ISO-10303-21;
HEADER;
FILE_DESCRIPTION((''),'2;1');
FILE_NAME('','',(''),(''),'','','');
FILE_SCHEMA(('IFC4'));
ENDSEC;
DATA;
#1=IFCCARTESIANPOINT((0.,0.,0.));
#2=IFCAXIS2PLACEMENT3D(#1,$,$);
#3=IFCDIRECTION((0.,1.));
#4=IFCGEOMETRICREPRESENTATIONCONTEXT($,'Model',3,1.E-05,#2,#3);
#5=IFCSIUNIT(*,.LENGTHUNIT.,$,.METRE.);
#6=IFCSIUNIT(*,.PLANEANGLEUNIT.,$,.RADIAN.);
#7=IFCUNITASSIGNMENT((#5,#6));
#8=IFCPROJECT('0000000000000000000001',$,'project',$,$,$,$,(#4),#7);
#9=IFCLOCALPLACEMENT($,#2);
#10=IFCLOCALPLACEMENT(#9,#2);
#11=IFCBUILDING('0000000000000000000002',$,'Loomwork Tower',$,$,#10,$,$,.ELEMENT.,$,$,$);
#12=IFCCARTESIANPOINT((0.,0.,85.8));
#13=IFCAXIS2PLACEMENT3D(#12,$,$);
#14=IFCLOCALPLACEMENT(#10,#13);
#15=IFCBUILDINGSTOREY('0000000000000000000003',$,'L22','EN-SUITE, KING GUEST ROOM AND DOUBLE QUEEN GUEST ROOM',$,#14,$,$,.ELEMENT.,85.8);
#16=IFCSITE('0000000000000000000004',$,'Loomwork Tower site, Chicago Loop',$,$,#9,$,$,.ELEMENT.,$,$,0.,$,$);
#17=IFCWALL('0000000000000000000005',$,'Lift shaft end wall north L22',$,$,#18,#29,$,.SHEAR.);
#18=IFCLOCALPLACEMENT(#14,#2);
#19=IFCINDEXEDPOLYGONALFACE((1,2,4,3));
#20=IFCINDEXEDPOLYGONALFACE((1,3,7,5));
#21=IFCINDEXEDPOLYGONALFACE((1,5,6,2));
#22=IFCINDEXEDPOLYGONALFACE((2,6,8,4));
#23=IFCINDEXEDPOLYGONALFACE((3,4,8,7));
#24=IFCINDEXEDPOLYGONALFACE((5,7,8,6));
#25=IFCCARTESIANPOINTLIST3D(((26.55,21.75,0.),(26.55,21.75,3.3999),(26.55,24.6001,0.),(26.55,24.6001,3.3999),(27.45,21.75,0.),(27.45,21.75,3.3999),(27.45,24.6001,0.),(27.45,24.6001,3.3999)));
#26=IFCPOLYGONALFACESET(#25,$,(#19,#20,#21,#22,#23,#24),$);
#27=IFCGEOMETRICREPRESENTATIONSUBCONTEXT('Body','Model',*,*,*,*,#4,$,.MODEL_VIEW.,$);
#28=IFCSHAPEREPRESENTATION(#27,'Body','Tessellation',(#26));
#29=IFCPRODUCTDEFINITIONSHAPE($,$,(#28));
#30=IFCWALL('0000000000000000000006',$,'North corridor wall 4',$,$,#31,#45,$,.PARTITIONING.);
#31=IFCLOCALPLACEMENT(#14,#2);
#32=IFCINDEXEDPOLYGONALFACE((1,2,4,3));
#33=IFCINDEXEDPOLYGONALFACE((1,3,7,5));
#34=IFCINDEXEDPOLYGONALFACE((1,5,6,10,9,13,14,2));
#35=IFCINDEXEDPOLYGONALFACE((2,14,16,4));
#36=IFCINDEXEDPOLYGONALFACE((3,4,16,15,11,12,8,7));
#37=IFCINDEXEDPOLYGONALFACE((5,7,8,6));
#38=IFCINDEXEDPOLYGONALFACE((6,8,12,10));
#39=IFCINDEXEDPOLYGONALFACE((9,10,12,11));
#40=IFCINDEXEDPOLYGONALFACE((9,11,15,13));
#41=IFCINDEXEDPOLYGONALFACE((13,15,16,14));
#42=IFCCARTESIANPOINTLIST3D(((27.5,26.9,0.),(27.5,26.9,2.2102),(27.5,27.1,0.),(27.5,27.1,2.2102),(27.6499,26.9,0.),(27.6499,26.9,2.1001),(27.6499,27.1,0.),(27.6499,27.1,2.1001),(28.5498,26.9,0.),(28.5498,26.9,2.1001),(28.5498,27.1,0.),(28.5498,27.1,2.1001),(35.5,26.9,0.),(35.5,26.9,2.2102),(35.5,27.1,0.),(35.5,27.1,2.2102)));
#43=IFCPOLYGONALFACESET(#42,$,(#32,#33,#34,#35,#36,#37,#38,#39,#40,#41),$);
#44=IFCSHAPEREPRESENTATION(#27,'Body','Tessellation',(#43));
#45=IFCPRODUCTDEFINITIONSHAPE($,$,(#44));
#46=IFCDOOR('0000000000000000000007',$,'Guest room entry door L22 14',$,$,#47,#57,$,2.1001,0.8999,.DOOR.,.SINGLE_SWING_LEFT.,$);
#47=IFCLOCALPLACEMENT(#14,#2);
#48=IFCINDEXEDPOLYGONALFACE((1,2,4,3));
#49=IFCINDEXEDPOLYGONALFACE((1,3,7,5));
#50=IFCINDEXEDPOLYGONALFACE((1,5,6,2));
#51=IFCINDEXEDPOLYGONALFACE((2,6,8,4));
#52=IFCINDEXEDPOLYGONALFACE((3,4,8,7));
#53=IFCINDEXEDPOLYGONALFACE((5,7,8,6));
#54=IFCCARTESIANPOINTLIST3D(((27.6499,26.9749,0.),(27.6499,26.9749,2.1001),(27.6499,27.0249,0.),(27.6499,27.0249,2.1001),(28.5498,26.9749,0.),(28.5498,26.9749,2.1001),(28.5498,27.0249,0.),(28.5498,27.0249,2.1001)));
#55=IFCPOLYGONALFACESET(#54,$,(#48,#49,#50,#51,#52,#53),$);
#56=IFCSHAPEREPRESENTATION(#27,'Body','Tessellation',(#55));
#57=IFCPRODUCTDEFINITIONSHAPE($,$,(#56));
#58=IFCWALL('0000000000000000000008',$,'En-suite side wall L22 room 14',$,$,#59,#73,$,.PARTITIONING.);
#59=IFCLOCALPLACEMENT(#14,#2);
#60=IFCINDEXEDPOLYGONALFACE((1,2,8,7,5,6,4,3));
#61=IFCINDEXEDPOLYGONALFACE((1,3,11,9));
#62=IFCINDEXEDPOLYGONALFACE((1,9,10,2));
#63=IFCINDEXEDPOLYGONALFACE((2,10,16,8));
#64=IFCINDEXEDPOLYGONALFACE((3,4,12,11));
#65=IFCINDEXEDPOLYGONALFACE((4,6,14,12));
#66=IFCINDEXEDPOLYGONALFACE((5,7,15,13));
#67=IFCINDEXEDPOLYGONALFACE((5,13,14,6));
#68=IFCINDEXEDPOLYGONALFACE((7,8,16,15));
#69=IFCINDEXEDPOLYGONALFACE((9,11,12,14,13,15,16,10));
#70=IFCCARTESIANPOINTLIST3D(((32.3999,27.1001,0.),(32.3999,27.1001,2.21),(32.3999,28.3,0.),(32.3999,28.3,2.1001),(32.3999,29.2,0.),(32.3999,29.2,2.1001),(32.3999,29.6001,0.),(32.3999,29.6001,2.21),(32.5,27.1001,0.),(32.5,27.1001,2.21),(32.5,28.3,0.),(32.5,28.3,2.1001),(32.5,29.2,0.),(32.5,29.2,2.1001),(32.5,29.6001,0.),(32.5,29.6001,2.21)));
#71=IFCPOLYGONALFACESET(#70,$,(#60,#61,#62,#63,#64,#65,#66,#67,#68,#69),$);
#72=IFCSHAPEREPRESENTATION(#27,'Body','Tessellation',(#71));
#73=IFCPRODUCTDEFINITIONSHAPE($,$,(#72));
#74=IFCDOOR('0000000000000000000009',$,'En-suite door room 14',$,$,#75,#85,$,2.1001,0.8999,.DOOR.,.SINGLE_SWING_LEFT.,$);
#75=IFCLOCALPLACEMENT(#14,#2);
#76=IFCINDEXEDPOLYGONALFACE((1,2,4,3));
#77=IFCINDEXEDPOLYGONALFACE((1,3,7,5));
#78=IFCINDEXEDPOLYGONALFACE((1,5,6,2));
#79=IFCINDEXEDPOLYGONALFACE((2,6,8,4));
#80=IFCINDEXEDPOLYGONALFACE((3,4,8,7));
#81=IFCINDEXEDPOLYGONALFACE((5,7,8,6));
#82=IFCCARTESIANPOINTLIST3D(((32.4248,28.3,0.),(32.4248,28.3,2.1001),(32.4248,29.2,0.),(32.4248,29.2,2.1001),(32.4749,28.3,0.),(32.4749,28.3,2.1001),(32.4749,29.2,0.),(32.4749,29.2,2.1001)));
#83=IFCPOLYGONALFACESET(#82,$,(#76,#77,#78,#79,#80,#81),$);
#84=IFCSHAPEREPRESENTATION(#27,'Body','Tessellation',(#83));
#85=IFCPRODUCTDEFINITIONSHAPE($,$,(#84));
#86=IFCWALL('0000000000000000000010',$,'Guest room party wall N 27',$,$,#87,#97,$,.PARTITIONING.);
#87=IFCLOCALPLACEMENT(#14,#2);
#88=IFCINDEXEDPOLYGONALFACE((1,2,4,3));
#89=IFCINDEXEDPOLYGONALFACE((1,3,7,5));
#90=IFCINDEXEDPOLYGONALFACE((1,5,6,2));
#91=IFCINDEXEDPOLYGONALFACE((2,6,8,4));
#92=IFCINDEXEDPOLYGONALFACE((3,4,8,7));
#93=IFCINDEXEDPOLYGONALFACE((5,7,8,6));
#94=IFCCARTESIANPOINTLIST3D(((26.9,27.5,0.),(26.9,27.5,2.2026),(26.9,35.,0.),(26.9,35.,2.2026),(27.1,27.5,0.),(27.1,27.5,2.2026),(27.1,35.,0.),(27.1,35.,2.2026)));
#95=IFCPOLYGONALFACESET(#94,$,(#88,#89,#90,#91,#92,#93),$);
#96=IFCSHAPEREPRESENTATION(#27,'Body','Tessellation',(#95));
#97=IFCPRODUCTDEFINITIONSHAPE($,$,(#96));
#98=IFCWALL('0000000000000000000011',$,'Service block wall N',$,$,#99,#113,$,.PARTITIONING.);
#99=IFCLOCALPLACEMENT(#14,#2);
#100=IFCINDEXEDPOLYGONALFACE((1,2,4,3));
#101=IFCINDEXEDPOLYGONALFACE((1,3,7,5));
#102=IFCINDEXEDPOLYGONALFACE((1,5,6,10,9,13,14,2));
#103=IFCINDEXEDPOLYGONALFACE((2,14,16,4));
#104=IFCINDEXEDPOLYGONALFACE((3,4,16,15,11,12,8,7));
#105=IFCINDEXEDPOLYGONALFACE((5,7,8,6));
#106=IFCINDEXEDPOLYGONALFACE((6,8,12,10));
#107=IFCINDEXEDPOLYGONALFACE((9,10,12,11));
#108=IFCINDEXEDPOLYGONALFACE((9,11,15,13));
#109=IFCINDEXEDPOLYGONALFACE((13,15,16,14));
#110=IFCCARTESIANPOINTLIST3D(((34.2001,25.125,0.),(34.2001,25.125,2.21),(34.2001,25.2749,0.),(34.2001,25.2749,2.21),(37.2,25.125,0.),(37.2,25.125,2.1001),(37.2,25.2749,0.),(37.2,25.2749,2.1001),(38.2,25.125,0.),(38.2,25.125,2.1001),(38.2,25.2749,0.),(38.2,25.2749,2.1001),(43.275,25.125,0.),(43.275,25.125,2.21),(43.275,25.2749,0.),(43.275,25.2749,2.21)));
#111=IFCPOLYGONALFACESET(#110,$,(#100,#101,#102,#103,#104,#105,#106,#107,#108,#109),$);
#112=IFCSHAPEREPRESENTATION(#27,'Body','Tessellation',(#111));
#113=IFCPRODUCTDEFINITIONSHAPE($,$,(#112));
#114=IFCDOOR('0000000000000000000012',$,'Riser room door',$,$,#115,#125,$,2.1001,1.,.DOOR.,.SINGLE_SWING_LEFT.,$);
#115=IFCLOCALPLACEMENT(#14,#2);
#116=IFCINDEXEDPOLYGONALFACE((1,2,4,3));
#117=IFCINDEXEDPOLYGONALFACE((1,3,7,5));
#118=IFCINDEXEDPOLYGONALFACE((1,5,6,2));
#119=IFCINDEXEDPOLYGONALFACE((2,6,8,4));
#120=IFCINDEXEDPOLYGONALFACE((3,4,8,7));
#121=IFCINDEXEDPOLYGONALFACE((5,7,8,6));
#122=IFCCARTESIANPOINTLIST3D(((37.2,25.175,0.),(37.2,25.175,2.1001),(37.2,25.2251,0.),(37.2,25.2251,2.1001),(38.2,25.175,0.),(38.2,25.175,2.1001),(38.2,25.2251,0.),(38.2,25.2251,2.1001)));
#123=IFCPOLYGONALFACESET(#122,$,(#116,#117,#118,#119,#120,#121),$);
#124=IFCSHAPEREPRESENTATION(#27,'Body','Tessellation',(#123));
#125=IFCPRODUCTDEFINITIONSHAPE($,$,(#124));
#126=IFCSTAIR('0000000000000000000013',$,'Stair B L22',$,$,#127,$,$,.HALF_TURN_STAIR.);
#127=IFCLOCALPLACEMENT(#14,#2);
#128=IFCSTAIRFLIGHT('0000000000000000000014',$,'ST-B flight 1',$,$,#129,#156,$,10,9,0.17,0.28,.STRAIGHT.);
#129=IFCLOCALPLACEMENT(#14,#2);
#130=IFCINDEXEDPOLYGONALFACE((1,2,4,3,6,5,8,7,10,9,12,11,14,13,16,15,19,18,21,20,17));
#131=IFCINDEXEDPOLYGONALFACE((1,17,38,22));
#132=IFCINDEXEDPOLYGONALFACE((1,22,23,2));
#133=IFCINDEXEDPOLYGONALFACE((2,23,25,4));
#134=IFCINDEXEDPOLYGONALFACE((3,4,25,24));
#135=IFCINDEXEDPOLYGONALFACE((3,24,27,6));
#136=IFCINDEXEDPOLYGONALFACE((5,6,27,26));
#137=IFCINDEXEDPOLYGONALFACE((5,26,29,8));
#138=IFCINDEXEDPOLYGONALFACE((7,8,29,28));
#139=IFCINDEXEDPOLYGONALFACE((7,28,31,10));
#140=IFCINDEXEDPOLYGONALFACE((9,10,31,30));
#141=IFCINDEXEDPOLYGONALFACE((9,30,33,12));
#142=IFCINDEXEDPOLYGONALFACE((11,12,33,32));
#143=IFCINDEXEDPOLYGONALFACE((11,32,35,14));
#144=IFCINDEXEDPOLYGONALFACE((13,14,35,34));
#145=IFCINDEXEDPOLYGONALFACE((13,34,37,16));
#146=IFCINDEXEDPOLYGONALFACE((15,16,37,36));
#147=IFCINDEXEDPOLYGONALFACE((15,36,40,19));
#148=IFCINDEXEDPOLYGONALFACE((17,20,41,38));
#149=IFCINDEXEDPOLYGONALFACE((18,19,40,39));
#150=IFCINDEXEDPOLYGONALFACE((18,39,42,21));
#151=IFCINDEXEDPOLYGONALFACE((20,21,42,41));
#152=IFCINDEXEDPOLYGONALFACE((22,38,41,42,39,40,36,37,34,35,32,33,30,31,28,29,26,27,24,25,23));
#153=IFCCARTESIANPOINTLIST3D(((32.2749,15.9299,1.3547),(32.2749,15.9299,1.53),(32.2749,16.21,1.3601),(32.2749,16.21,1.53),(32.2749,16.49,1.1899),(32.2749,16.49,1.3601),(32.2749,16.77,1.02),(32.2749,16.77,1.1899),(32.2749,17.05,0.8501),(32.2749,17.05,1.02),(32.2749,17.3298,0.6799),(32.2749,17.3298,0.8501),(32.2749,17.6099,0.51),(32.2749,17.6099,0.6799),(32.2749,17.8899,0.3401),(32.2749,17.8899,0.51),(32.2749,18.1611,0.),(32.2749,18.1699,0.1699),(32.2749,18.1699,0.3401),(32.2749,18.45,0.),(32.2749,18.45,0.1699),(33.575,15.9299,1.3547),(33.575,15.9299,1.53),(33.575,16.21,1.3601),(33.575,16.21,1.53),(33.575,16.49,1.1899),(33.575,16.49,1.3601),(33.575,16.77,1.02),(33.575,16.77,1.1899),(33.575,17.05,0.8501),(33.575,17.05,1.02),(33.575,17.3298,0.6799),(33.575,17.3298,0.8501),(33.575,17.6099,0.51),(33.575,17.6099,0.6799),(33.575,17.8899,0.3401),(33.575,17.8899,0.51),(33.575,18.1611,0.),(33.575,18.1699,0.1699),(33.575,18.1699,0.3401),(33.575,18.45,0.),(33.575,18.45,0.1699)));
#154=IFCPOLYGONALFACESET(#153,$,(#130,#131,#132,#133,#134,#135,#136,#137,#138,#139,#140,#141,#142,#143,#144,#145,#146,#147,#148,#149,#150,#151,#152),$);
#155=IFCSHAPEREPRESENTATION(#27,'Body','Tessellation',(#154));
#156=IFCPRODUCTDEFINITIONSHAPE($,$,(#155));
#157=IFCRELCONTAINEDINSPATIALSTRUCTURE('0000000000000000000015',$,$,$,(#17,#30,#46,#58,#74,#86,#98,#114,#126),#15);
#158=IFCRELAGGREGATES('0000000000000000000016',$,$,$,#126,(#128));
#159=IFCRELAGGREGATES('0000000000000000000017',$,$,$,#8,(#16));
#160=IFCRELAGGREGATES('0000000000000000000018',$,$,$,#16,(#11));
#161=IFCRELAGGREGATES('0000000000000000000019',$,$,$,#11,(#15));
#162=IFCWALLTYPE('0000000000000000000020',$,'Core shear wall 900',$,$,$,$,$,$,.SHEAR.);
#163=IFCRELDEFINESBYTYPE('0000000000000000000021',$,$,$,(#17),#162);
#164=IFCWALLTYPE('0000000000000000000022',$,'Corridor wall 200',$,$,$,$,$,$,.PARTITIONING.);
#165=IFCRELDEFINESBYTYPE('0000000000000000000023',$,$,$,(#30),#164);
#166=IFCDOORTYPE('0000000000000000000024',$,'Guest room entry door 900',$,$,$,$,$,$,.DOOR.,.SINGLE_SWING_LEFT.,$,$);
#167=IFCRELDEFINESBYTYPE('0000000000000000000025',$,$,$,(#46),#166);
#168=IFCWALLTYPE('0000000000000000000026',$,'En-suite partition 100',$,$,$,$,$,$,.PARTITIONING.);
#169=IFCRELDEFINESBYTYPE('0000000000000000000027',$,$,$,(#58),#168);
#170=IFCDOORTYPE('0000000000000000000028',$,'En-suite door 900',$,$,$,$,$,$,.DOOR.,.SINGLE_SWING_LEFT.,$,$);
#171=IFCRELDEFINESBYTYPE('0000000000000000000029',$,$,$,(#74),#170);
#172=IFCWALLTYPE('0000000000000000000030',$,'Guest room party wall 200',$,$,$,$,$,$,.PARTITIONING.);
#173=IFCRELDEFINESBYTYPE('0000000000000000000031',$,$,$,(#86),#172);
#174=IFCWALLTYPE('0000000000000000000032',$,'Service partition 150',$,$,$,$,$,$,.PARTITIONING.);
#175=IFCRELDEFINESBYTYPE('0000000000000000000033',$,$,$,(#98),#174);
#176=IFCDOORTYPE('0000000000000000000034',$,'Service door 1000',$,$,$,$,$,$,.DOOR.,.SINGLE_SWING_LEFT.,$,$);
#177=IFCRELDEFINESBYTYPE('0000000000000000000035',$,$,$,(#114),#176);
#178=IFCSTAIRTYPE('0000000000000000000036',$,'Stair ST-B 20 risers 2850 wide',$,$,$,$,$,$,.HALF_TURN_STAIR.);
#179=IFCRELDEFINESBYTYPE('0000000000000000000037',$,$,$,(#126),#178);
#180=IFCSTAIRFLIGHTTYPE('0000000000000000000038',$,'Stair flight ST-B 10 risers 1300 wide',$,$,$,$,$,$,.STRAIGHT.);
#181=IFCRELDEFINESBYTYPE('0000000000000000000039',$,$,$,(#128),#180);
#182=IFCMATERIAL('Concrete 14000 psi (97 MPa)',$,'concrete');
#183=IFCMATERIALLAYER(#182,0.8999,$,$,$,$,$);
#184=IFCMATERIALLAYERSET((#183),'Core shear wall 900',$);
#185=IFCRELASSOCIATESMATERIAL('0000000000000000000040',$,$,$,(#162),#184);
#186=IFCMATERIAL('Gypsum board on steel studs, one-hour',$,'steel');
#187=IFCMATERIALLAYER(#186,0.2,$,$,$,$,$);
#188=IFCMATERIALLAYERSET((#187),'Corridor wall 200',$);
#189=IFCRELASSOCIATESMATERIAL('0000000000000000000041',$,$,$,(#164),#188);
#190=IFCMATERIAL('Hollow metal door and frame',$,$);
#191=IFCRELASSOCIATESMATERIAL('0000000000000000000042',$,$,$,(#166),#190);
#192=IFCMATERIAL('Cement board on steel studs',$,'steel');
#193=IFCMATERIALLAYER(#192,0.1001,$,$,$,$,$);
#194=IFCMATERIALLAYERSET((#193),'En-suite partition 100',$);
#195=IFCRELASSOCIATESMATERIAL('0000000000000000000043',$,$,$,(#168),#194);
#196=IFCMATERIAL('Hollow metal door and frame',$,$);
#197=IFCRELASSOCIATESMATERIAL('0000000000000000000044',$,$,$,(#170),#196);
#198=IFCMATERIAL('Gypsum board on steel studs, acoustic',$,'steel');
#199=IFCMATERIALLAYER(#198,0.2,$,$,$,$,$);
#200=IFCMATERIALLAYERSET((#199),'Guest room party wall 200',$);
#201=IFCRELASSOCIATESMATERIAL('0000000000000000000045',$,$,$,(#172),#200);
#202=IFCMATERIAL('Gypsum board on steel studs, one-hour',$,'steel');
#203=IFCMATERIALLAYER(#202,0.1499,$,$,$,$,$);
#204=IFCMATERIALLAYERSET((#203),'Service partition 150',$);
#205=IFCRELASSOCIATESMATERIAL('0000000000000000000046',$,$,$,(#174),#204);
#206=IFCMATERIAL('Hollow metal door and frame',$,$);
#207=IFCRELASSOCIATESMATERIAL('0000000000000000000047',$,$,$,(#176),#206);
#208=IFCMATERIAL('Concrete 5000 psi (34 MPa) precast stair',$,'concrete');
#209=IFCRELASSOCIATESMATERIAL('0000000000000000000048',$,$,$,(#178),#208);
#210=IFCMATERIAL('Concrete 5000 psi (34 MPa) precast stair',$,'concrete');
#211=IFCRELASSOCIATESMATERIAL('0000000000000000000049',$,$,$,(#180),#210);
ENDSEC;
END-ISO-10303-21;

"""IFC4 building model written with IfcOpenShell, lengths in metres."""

from ifc_helpers import new_model, si_unit, direction, frame, frame_2d, origin, place, context, subcontext, project, spatial, polyline, rectangle, outline, extrude, material, layer, layer_set, type_object, element, fill, aggregate, save


model = new_model("IFC4")

# Units and contexts
model_context = context("Model", 3, precision=1e-05, world=origin(), true_north=direction((0.0, 1.0)))
body_context = subcontext(model_context, "Body", "Model", "MODEL_VIEW")
ifc_project = project(units=[si_unit("LENGTHUNIT", "METRE"), si_unit("PLANEANGLEUNIT", "RADIAN")], contexts=[model_context])

# Site, building, storey
site_placement = place(None, origin())
site = spatial("IfcSite", under=ifc_project, at=site_placement, Name="Loomwork Tower site, Chicago Loop", CompositionType="ELEMENT", RefElevation=0.0)
building_placement = place(site_placement, origin())
building = spatial("IfcBuilding", under=site, at=building_placement, Name="Loomwork Tower", CompositionType="ELEMENT")
storey_placement = place(building_placement, frame((0.0, 0.0, 85.8)))
storey = spatial("IfcBuildingStorey", under=building, at=storey_placement, Name="L22", Description="EN-SUITE, KING GUEST ROOM AND DOUBLE QUEEN GUEST ROOM", CompositionType="ELEMENT", Elevation=85.8)

# Wall
ifc_material_1 = material(Name="Concrete 14000 psi (97 MPa)", Category="concrete")
ifc_layer_1 = layer(ifc_material_1, 0.8999)
ifc_layer_set_1 = layer_set([ifc_layer_1], Name="Core shear wall 900")
wall_type_1 = type_object("IfcWallType", Name="Core shear wall 900", PredefinedType="SHEAR", material=ifc_layer_set_1)
wall_1_placement = place(storey_placement, frame((27.0, 21.75, 0.0), z_axis=(0.0, 0.0, 1.0), x_axis=(0.0, 1.0, 0.0)))
element("IfcWall", 1, at=wall_1_placement, inside=storey, type_object=wall_type_1, Name="Lift shaft end wall north L22", PredefinedType="SHEAR", context=body_context, shape_type="SweptSolid", body=[
    extrude(rectangle(XDim=2.8501, YDim=0.8999, at=frame_2d((1.425, 0.0))), origin(), (0.0, 0.0, 1.0), 3.3999),
])

# Walls, openings, doors
ifc_material_2 = material(Name="Gypsum board on steel studs, one-hour", Category="steel")
ifc_layer_2 = layer(ifc_material_2, 0.2)
ifc_layer_set_2 = layer_set([ifc_layer_2], Name="Corridor wall 200")
wall_type_2 = type_object("IfcWallType", Name="Corridor wall 200", PredefinedType="PARTITIONING", material=ifc_layer_set_2)
wall_2_placement = place(storey_placement, frame((27.5, 27.0, 0.0), z_axis=(0.0, 0.0, 1.0), x_axis=(1.0, 0.0, 0.0)))
wall_2 = element("IfcWall", 2, at=wall_2_placement, inside=storey, type_object=wall_type_2, Name="North corridor wall 4", PredefinedType="PARTITIONING", context=body_context, shape_type="SweptSolid", body=[
    extrude(rectangle(XDim=8.0, YDim=0.2, at=frame_2d((4.0, 0.0))), origin(), (0.0, 0.0, 1.0), 2.2102),
])
opening_1_placement = place(wall_2_placement, frame((0.1499, 0.0, 0.0)))
opening_1 = element("IfcOpeningElement", 3, at=opening_1_placement, cuts=wall_2, PredefinedType="OPENING", context=body_context, shape_type="SweptSolid", body=[
    extrude(rectangle(XDim=0.8999, YDim=2.1001, at=frame_2d((0.45, 1.05))), frame((0.0, 0.1099, 0.0), z_axis=(0.0, -1.0, 0.0), x_axis=(1.0, 0.0, 0.0)), (0.0, 0.0, 1.0), 0.22),
])
ifc_material_3 = material(Name="Hollow metal door and frame")
door_type_1 = type_object("IfcDoorType", Name="Guest room entry door 900", OperationType="SINGLE_SWING_LEFT", PredefinedType="DOOR", material=ifc_material_3)
door_1_placement = place(opening_1_placement, origin())
door_1 = element("IfcDoor", 4, at=door_1_placement, inside=storey, type_object=door_type_1, Name="Guest room entry door L22 14", OperationType="SINGLE_SWING_LEFT", OverallHeight=2.1001, OverallWidth=0.8999, PredefinedType="DOOR", context=body_context, shape_type="SweptSolid", body=[
    extrude(rectangle(XDim=0.8999, YDim=2.1001, at=frame_2d((0.45, 1.05))), frame((0.0, 0.0249, 0.0), z_axis=(0.0, -1.0, 0.0), x_axis=(1.0, 0.0, 0.0)), (0.0, 0.0, 1.0), 0.05),
])
fill(opening_1, door_1)
ifc_material_4 = material(Name="Cement board on steel studs", Category="steel")
ifc_layer_3 = layer(ifc_material_4, 0.1001)
ifc_layer_set_3 = layer_set([ifc_layer_3], Name="En-suite partition 100")
wall_type_3 = type_object("IfcWallType", Name="En-suite partition 100", PredefinedType="PARTITIONING", material=ifc_layer_set_3)
wall_3_placement = place(storey_placement, frame((32.45, 27.1001, 0.0), z_axis=(0.0, 0.0, 1.0), x_axis=(0.0, 1.0, 0.0)))
wall_3 = element("IfcWall", 5, at=wall_3_placement, inside=storey, type_object=wall_type_3, Name="En-suite side wall L22 room 14", PredefinedType="PARTITIONING", context=body_context, shape_type="SweptSolid", body=[
    extrude(rectangle(XDim=2.5, YDim=0.1001, at=frame_2d((1.25, 0.0))), origin(), (0.0, 0.0, 1.0), 2.21),
])
opening_2_placement = place(wall_3_placement, frame((1.2, 0.0, 0.0)))
opening_2 = element("IfcOpeningElement", 6, at=opening_2_placement, cuts=wall_3, PredefinedType="OPENING", context=body_context, shape_type="SweptSolid", body=[
    extrude(rectangle(XDim=0.8999, YDim=2.1001, at=frame_2d((0.45, 1.05))), frame((0.0, 0.0601, 0.0), z_axis=(0.0, -1.0, 0.0), x_axis=(1.0, 0.0, 0.0)), (0.0, 0.0, 1.0), 0.1201),
])
ifc_material_5 = material(Name="Hollow metal door and frame")
door_type_2 = type_object("IfcDoorType", Name="En-suite door 900", OperationType="SINGLE_SWING_LEFT", PredefinedType="DOOR", material=ifc_material_5)
door_2_placement = place(opening_2_placement, frame((0.8999, 0.0, 0.0), z_axis=(0.0, 0.0, 1.0), x_axis=(-1.0, 0.0, 0.0)))
door_2 = element("IfcDoor", 7, at=door_2_placement, inside=storey, type_object=door_type_2, Name="En-suite door room 14", OperationType="SINGLE_SWING_LEFT", OverallHeight=2.1001, OverallWidth=0.8999, PredefinedType="DOOR", context=body_context, shape_type="SweptSolid", body=[
    extrude(rectangle(XDim=0.8999, YDim=2.1001, at=frame_2d((0.45, 1.05))), frame((0.0, 0.0249, 0.0), z_axis=(0.0, -1.0, 0.0), x_axis=(1.0, 0.0, 0.0)), (0.0, 0.0, 1.0), 0.05),
])
fill(opening_2, door_2)

# Wall
ifc_material_6 = material(Name="Gypsum board on steel studs, acoustic", Category="steel")
ifc_layer_4 = layer(ifc_material_6, 0.2)
ifc_layer_set_4 = layer_set([ifc_layer_4], Name="Guest room party wall 200")
wall_type_4 = type_object("IfcWallType", Name="Guest room party wall 200", PredefinedType="PARTITIONING", material=ifc_layer_set_4)
wall_4_placement = place(storey_placement, frame((27.0, 27.5, 0.0), z_axis=(0.0, 0.0, 1.0), x_axis=(0.0, 1.0, 0.0)))
element("IfcWall", 8, at=wall_4_placement, inside=storey, type_object=wall_type_4, Name="Guest room party wall N 27", PredefinedType="PARTITIONING", context=body_context, shape_type="SweptSolid", body=[
    extrude(rectangle(XDim=7.5, YDim=0.2, at=frame_2d((3.75, 0.0))), origin(), (0.0, 0.0, 1.0), 2.2026),
])

# Wall, opening, door
ifc_material_7 = material(Name="Gypsum board on steel studs, one-hour", Category="steel")
ifc_layer_5 = layer(ifc_material_7, 0.1499)
ifc_layer_set_5 = layer_set([ifc_layer_5], Name="Service partition 150")
wall_type_5 = type_object("IfcWallType", Name="Service partition 150", PredefinedType="PARTITIONING", material=ifc_layer_set_5)
wall_5_placement = place(storey_placement, frame((34.2, 25.2, 0.0), z_axis=(0.0, 0.0, 1.0), x_axis=(1.0, 0.0, 0.0)))
wall_5 = element("IfcWall", 9, at=wall_5_placement, inside=storey, type_object=wall_type_5, Name="Service block wall N", PredefinedType="PARTITIONING", context=body_context, shape_type="SweptSolid", body=[
    extrude(rectangle(XDim=9.075, YDim=0.1499, at=frame_2d((4.5376, 0.0))), origin(), (0.0, 0.0, 1.0), 2.21),
])
opening_3_placement = place(wall_5_placement, frame((3.0, 0.0, 0.0)))
opening_3 = element("IfcOpeningElement", 10, at=opening_3_placement, cuts=wall_5, PredefinedType="OPENING", context=body_context, shape_type="SweptSolid", body=[
    extrude(rectangle(XDim=1.0, YDim=2.1001, at=frame_2d((0.5, 1.05))), frame((0.0, 0.085, 0.0), z_axis=(0.0, -1.0, 0.0), x_axis=(1.0, 0.0, 0.0)), (0.0, 0.0, 1.0), 0.1699),
])
ifc_material_8 = material(Name="Hollow metal door and frame")
door_type_3 = type_object("IfcDoorType", Name="Service door 1000", OperationType="SINGLE_SWING_LEFT", PredefinedType="DOOR", material=ifc_material_8)
door_3_placement = place(opening_3_placement, frame((1.0, 0.0, 0.0), z_axis=(0.0, 0.0, 1.0), x_axis=(-1.0, 0.0, 0.0)))
door_3 = element("IfcDoor", 11, at=door_3_placement, inside=storey, type_object=door_type_3, Name="Riser room door", OperationType="SINGLE_SWING_LEFT", OverallHeight=2.1001, OverallWidth=1.0, PredefinedType="DOOR", context=body_context, shape_type="SweptSolid", body=[
    extrude(rectangle(XDim=1.0, YDim=2.1001, at=frame_2d((0.5, 1.05))), frame((0.0, 0.0249, 0.0), z_axis=(0.0, -1.0, 0.0), x_axis=(1.0, 0.0, 0.0)), (0.0, 0.0, 1.0), 0.05),
])
fill(opening_3, door_3)

# Stair, stair flight
ifc_material_9 = material(Name="Concrete 5000 psi (34 MPa) precast stair", Category="concrete")
stair_type = type_object("IfcStairType", Name="Stair ST-B 20 risers 2850 wide", PredefinedType="HALF_TURN_STAIR", material=ifc_material_9)
stair_placement = place(storey_placement, origin())
stair = element("IfcStair", 12, at=stair_placement, inside=storey, type_object=stair_type, Name="Stair B L22", PredefinedType="HALF_TURN_STAIR")
ifc_material_10 = material(Name="Concrete 5000 psi (34 MPa) precast stair", Category="concrete")
stair_flight_type = type_object("IfcStairFlightType", Name="Stair flight ST-B 10 risers 1300 wide", PredefinedType="STRAIGHT", material=ifc_material_10)
stair_flight_placement = place(storey_placement, frame((32.925, 18.45, 0.0), z_axis=(0.0, 0.0, 1.0), x_axis=(0.0, -1.0, 0.0)))
stair_flight = element("IfcStairFlight", 13, at=stair_flight_placement, type_object=stair_flight_type, Name="ST-B flight 1", NumberOfRisers=10, NumberOfTreads=9, PredefinedType="STRAIGHT", RiserHeight=0.17, TreadLength=0.28, context=body_context, shape_type="SweptSolid", body=[
    extrude(outline(polyline([(0.0, 0.0), (0.0, 0.1699), (0.28, 0.1699), (0.28, 0.3401), (0.5601, 0.3401), (0.5601, 0.51), (0.8401, 0.51), (0.8401, 0.6799), (1.1201, 0.6799), (1.1201, 0.8501), (1.3999, 0.8501), (1.3999, 1.02), (1.6799, 1.02), (1.6799, 1.1899), (1.96, 1.1899), (1.96, 1.3601), (2.24, 1.3601), (2.24, 1.53), (2.52, 1.53), (2.52, 1.7), (2.52, 1.3547), (0.2888, 0.0), (0.0, 0.0)])), frame((0.0, 0.6499, 0.0), z_axis=(0.0, -1.0, 0.0), x_axis=(1.0, 0.0, 0.0)), (0.0, 0.0, 1.0), 1.3),
])
aggregate(stair, [stair_flight])

save(model, "model.ifc")
